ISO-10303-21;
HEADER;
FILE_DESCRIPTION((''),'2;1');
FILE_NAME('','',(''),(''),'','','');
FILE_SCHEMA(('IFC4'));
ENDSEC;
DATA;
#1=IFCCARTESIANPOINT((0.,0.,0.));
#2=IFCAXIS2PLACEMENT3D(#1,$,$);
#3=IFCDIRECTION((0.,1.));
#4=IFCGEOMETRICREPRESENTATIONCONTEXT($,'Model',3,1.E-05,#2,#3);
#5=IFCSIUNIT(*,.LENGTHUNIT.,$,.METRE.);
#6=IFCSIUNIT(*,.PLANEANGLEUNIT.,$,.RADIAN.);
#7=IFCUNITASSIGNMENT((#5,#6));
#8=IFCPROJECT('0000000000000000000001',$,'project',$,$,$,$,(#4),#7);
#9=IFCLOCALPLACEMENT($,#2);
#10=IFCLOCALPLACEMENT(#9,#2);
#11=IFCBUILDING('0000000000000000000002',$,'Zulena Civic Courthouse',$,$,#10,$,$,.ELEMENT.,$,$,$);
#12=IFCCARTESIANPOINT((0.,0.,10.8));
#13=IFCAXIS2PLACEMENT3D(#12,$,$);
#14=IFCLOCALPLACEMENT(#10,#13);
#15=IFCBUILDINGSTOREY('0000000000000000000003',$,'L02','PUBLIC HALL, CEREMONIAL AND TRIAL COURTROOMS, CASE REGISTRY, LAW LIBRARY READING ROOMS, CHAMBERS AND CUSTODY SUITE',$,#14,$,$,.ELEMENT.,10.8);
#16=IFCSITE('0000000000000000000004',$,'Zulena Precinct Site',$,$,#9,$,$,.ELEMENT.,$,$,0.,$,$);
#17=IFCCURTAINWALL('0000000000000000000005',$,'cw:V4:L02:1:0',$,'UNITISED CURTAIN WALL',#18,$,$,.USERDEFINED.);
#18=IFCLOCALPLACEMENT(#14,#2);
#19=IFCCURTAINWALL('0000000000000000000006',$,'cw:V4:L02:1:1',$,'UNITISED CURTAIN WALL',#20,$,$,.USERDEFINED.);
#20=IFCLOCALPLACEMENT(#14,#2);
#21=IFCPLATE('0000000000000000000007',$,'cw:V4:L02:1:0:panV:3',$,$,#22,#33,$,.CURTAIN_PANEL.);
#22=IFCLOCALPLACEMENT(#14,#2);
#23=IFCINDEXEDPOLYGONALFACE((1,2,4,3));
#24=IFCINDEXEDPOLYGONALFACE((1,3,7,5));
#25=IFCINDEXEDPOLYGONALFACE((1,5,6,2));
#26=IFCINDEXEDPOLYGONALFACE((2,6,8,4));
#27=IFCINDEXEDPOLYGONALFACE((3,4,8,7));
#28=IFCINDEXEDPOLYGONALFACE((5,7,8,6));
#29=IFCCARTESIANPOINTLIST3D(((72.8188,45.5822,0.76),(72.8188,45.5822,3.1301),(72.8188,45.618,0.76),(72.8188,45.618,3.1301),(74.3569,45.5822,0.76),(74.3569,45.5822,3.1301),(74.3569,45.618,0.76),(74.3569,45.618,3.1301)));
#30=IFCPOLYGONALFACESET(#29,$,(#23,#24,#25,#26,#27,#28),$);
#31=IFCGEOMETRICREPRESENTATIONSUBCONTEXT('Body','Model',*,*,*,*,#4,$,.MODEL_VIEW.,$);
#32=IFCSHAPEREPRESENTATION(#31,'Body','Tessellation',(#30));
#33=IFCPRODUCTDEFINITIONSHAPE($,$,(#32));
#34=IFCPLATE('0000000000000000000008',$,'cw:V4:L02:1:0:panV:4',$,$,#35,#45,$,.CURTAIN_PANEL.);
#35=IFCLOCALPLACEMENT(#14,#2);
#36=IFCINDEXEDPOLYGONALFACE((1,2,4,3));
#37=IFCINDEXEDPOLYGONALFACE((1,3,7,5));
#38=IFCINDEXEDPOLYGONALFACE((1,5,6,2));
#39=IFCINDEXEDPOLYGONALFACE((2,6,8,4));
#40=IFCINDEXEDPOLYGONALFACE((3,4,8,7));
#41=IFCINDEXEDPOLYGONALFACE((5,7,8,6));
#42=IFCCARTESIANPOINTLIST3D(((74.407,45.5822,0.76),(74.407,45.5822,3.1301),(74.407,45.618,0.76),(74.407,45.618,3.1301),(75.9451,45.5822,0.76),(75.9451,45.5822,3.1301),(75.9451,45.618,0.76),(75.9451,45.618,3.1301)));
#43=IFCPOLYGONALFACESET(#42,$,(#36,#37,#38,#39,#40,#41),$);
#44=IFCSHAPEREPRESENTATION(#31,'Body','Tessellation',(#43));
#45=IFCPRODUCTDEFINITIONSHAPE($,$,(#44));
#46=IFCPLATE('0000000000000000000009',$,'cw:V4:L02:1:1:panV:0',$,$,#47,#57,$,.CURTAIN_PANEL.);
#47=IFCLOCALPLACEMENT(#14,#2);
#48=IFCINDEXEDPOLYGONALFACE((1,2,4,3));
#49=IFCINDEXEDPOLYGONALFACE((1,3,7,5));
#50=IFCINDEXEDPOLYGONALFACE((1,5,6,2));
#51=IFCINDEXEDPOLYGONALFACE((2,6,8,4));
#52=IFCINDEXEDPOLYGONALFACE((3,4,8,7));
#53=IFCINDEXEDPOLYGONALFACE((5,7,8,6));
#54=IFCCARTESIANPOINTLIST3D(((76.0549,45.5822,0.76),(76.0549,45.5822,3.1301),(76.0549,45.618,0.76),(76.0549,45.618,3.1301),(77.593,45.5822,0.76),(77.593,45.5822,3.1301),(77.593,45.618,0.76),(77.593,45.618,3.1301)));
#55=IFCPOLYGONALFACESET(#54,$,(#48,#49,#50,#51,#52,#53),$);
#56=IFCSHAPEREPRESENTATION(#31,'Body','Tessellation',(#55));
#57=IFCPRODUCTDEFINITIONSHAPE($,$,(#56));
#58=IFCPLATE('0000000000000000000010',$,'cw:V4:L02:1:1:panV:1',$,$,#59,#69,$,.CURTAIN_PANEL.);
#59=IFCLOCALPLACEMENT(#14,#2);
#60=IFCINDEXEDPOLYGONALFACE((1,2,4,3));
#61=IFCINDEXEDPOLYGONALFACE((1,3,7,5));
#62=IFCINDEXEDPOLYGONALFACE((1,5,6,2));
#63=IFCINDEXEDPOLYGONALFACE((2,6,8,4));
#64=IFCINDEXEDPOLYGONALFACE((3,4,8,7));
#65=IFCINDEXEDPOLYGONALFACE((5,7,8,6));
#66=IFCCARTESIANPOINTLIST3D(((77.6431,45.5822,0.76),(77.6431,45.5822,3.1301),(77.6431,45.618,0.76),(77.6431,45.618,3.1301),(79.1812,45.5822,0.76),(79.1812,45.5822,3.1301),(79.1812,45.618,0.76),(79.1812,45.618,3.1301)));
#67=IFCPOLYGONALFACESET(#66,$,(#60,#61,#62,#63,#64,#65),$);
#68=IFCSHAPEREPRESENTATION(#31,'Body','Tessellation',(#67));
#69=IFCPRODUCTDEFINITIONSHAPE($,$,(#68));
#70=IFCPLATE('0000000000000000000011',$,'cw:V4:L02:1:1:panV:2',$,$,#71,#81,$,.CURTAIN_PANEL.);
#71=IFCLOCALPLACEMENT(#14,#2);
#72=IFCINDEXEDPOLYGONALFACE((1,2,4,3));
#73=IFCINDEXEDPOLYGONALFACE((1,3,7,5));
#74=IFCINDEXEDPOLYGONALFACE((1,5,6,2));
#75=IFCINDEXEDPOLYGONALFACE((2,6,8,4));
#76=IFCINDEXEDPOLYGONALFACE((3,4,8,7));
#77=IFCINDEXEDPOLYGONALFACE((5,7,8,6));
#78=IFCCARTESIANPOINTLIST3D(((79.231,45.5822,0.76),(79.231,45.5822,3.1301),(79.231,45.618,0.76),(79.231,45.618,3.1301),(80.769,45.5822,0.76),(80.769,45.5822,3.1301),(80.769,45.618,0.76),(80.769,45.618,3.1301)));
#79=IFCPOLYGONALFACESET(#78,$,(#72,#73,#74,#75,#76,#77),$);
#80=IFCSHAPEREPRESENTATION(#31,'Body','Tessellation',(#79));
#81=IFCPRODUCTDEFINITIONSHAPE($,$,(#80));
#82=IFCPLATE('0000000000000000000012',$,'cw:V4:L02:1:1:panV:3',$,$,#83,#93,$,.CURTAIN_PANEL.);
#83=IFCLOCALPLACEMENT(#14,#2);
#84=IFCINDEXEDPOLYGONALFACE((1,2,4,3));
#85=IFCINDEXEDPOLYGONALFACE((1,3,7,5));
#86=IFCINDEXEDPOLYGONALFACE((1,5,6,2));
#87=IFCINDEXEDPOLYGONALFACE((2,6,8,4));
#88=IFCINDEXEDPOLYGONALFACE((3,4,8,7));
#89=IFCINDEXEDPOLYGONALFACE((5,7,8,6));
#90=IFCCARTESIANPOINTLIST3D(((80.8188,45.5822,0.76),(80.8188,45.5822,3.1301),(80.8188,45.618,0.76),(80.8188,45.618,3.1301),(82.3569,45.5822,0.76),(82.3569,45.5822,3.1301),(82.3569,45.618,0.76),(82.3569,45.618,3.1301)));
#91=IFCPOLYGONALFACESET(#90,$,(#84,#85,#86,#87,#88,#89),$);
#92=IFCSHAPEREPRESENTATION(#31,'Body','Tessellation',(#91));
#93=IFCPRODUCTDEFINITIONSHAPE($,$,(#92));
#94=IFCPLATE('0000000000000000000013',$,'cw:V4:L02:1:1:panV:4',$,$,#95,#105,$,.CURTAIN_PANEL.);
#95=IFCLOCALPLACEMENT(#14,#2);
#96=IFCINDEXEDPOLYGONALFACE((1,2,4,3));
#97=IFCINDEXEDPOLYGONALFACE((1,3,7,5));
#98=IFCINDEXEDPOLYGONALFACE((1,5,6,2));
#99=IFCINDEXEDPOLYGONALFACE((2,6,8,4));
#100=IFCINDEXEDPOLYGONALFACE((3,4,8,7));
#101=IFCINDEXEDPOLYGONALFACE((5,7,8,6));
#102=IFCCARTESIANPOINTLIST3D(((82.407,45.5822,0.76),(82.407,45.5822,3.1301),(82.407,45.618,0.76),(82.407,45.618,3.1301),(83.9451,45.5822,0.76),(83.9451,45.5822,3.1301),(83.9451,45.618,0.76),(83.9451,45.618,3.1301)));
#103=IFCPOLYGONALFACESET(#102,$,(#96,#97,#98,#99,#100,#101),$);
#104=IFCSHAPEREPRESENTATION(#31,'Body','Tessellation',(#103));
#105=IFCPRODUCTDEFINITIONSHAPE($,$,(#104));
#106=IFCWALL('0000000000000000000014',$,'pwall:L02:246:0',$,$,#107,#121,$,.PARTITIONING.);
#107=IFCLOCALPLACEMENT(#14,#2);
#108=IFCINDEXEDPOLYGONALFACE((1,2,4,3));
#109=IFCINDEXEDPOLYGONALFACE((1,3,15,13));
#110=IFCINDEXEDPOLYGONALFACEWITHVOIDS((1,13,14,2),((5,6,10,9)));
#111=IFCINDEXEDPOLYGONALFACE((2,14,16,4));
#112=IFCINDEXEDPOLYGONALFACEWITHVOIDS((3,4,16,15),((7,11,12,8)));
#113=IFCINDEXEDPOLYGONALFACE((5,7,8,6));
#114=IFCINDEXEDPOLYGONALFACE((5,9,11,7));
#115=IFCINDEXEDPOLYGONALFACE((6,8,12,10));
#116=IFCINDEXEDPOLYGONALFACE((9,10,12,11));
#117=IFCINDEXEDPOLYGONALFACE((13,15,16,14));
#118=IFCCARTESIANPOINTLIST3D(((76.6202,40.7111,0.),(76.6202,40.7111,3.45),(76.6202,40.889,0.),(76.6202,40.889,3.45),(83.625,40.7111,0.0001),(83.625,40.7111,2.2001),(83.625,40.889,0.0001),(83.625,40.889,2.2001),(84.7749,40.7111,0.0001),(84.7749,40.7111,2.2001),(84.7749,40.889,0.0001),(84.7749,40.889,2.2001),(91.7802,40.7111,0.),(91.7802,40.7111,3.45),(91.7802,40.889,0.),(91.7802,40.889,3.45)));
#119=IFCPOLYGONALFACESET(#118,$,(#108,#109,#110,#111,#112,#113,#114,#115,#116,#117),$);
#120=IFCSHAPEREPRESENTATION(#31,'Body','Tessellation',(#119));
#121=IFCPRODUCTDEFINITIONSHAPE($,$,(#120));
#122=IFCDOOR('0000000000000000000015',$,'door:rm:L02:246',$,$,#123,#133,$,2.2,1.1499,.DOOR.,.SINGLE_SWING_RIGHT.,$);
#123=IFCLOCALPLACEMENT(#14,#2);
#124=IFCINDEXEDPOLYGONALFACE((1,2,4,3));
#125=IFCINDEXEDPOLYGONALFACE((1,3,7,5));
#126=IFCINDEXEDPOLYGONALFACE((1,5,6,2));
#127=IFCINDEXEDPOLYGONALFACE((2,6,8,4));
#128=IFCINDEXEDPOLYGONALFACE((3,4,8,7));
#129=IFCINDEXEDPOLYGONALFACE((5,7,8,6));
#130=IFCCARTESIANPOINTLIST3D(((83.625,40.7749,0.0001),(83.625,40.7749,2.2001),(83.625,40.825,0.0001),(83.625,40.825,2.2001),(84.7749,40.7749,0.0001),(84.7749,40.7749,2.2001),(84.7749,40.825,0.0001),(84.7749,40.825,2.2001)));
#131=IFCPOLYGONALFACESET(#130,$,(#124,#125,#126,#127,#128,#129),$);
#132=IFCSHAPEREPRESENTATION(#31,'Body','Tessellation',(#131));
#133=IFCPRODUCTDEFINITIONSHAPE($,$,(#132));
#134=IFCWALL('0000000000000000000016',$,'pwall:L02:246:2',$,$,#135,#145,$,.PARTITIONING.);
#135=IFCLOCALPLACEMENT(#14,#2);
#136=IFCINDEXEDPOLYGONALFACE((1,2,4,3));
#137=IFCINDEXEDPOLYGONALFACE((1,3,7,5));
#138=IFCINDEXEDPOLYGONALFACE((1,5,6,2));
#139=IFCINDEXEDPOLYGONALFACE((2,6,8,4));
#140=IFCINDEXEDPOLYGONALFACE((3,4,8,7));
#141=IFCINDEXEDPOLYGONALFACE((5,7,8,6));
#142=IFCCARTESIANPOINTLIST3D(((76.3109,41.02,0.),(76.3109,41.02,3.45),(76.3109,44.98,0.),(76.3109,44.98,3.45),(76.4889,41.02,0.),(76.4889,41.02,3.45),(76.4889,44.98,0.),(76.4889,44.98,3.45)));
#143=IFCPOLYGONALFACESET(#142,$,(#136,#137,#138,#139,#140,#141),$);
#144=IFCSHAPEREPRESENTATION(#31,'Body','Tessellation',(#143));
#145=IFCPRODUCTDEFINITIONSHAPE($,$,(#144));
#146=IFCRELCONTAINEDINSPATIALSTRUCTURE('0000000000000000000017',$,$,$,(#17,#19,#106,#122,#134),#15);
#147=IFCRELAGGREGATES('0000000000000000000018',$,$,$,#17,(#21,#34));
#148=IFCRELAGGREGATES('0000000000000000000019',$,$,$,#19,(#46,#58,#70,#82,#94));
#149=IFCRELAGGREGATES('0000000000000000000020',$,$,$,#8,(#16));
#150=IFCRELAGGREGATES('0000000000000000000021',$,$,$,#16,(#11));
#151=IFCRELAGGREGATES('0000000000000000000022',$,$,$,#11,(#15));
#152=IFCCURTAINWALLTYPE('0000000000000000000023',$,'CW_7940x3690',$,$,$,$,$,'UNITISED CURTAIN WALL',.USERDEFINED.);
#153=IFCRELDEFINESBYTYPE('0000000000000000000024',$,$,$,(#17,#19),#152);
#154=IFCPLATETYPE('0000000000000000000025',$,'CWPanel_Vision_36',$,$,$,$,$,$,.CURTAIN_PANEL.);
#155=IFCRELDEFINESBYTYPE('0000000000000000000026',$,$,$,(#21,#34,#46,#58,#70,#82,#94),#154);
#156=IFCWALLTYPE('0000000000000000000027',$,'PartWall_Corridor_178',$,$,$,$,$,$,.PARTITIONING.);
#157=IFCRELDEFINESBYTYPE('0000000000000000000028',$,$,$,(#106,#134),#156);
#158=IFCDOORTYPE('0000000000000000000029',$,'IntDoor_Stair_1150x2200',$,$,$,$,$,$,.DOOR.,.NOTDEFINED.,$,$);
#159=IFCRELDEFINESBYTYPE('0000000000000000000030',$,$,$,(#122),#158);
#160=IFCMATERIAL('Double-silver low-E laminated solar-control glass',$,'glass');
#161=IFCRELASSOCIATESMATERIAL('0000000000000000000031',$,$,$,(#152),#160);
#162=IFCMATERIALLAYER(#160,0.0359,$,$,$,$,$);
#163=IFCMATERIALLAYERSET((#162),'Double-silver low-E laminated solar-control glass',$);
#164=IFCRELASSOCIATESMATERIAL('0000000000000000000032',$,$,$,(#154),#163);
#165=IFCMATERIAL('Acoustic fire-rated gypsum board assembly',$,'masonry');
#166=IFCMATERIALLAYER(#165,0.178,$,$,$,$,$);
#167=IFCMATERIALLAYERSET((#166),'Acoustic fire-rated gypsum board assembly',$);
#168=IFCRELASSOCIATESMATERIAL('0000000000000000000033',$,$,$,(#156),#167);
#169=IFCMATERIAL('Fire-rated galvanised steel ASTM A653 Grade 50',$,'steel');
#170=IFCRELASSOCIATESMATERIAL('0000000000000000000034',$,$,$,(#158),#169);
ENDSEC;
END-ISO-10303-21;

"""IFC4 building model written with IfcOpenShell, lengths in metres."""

from ifc_helpers import new_model, si_unit, direction, frame, frame_2d, origin, origin_2d, place, context, subcontext, project, spatial, rectangle, extrude, material, layer, layer_set, type_object, element, fill, aggregate, save


model = new_model("IFC4")

# Units and contexts
model_context = context("Model", 3, precision=1e-05, world=origin(), true_north=direction((0.0, 1.0)))
body_context = subcontext(model_context, "Body", "Model", "MODEL_VIEW")
ifc_project = project(units=[si_unit("LENGTHUNIT", "METRE"), si_unit("PLANEANGLEUNIT", "RADIAN")], contexts=[model_context])

# Site, building, storey
site_placement = place(None, origin())
site = spatial("IfcSite", under=ifc_project, at=site_placement, Name="Zulena Precinct Site", CompositionType="ELEMENT", RefElevation=0.0)
building_placement = place(site_placement, origin())
building = spatial("IfcBuilding", under=site, at=building_placement, Name="Zulena Civic Courthouse", CompositionType="ELEMENT")
storey_placement = place(building_placement, frame((0.0, 0.0, 10.8)))
storey = spatial("IfcBuildingStorey", under=building, at=storey_placement, Name="L02", Description="PUBLIC HALL, CEREMONIAL AND TRIAL COURTROOMS, CASE REGISTRY, LAW LIBRARY READING ROOMS, CHAMBERS AND CUSTODY SUITE", CompositionType="ELEMENT", Elevation=10.8)

# Curtain walls
ifc_material_1 = material(Name="Double-silver low-E laminated solar-control glass", Category="glass")
curtain_wall_type = type_object("IfcCurtainWallType", Name="CW_7940x3690", ElementType="UNITISED CURTAIN WALL", PredefinedType="USERDEFINED", material=ifc_material_1)
curtain_wall_1_placement = place(storey_placement, origin())
curtain_wall_1 = element("IfcCurtainWall", 1, at=curtain_wall_1_placement, inside=storey, type_object=curtain_wall_type, Name="cw:V4:L02:1:0", ObjectType="UNITISED CURTAIN WALL", PredefinedType="USERDEFINED")
curtain_wall_2_placement = place(storey_placement, origin())
curtain_wall_2 = element("IfcCurtainWall", 2, at=curtain_wall_2_placement, inside=storey, type_object=curtain_wall_type, Name="cw:V4:L02:1:1", ObjectType="UNITISED CURTAIN WALL", PredefinedType="USERDEFINED")

# Plates
ifc_layer_1 = layer(ifc_material_1, 0.0359)
ifc_layer_set_1 = layer_set([ifc_layer_1], Name="Double-silver low-E laminated solar-control glass")
plate_type_1 = type_object("IfcPlateType", Name="CWPanel_Vision_36", PredefinedType="CURTAIN_PANEL", material=ifc_layer_set_1)
plate_1_placement = place(storey_placement, frame((73.5879, 45.6001, 0.76), z_axis=(0.0, 0.0, 1.0), x_axis=(1.0, 0.0, 0.0)))
plate_1 = element("IfcPlate", 3, at=plate_1_placement, type_object=plate_type_1, Name="cw:V4:L02:1:0:panV:3", PredefinedType="CURTAIN_PANEL", context=body_context, shape_type="SweptSolid", body=[
    extrude(rectangle(XDim=1.5381, YDim=0.0359, at=origin_2d()), origin(), (0.0, 0.0, 1.0), 2.3701),
])
plate_2_placement = place(storey_placement, frame((75.176, 45.6001, 0.76), z_axis=(0.0, 0.0, 1.0), x_axis=(1.0, 0.0, 0.0)))
plate_2 = element("IfcPlate", 4, at=plate_2_placement, type_object=plate_type_1, Name="cw:V4:L02:1:0:panV:4", PredefinedType="CURTAIN_PANEL", context=body_context, shape_type="SweptSolid", body=[
    extrude(rectangle(XDim=1.5381, YDim=0.0359, at=origin_2d()), origin(), (0.0, 0.0, 1.0), 2.3701),
])
aggregate(curtain_wall_1, [plate_1, plate_2])
plate_3_placement = place(storey_placement, frame((76.824, 45.6001, 0.76), z_axis=(0.0, 0.0, 1.0), x_axis=(1.0, 0.0, 0.0)))
plate_3 = element("IfcPlate", 5, at=plate_3_placement, type_object=plate_type_1, Name="cw:V4:L02:1:1:panV:0", PredefinedType="CURTAIN_PANEL", context=body_context, shape_type="SweptSolid", body=[
    extrude(rectangle(XDim=1.5381, YDim=0.0359, at=origin_2d()), origin(), (0.0, 0.0, 1.0), 2.3701),
])
plate_4_placement = place(storey_placement, frame((78.4121, 45.6001, 0.76), z_axis=(0.0, 0.0, 1.0), x_axis=(1.0, 0.0, 0.0)))
plate_4 = element("IfcPlate", 6, at=plate_4_placement, type_object=plate_type_1, Name="cw:V4:L02:1:1:panV:1", PredefinedType="CURTAIN_PANEL", context=body_context, shape_type="SweptSolid", body=[
    extrude(rectangle(XDim=1.5381, YDim=0.0359, at=origin_2d()), origin(), (0.0, 0.0, 1.0), 2.3701),
])
plate_5_placement = place(storey_placement, frame((80.0, 45.6001, 0.76), z_axis=(0.0, 0.0, 1.0), x_axis=(1.0, 0.0, 0.0)))
plate_5 = element("IfcPlate", 7, at=plate_5_placement, type_object=plate_type_1, Name="cw:V4:L02:1:1:panV:2", PredefinedType="CURTAIN_PANEL", context=body_context, shape_type="SweptSolid", body=[
    extrude(rectangle(XDim=1.5381, YDim=0.0359, at=origin_2d()), origin(), (0.0, 0.0, 1.0), 2.3701),
])
plate_6_placement = place(storey_placement, frame((81.5879, 45.6001, 0.76), z_axis=(0.0, 0.0, 1.0), x_axis=(1.0, 0.0, 0.0)))
plate_6 = element("IfcPlate", 8, at=plate_6_placement, type_object=plate_type_1, Name="cw:V4:L02:1:1:panV:3", PredefinedType="CURTAIN_PANEL", context=body_context, shape_type="SweptSolid", body=[
    extrude(rectangle(XDim=1.5381, YDim=0.0359, at=origin_2d()), origin(), (0.0, 0.0, 1.0), 2.3701),
])
plate_7_placement = place(storey_placement, frame((83.176, 45.6001, 0.76), z_axis=(0.0, 0.0, 1.0), x_axis=(1.0, 0.0, 0.0)))
plate_7 = element("IfcPlate", 9, at=plate_7_placement, type_object=plate_type_1, Name="cw:V4:L02:1:1:panV:4", PredefinedType="CURTAIN_PANEL", context=body_context, shape_type="SweptSolid", body=[
    extrude(rectangle(XDim=1.5381, YDim=0.0359, at=origin_2d()), origin(), (0.0, 0.0, 1.0), 2.3701),
])
aggregate(curtain_wall_2, [plate_3, plate_4, plate_5, plate_6, plate_7])

# Wall, opening, door
ifc_material_2 = material(Name="Acoustic fire-rated gypsum board assembly", Category="masonry")
ifc_layer_2 = layer(ifc_material_2, 0.178)
ifc_layer_set_2 = layer_set([ifc_layer_2], Name="Acoustic fire-rated gypsum board assembly")
wall_type = type_object("IfcWallType", Name="PartWall_Corridor_178", PredefinedType="PARTITIONING", material=ifc_layer_set_2)
wall_1_placement = place(storey_placement, frame((76.6201, 40.8, 0.0), z_axis=(0.0, 0.0, 1.0), x_axis=(1.0, 0.0, 0.0)))
wall_1 = element("IfcWall", 10, at=wall_1_placement, inside=storey, type_object=wall_type, Name="pwall:L02:246:0", PredefinedType="PARTITIONING", context=body_context, shape_type="SweptSolid", body=[
    extrude(rectangle(XDim=15.1599, YDim=0.178, at=frame_2d((7.5801, 0.0))), origin(), (0.0, 0.0, 1.0), 3.45),
])
opening_placement = place(wall_1_placement, frame((7.0049, 0.0, 0.0)))
opening = element("IfcOpeningElement", 11, at=opening_placement, cuts=wall_1, PredefinedType="OPENING", context=body_context, shape_type="SweptSolid", body=[
    extrude(rectangle(XDim=1.1499, YDim=2.2, at=frame_2d((0.575, 1.1001))), frame((0.0, 0.0989, 0.0), z_axis=(0.0, -1.0, 0.0), x_axis=(1.0, 0.0, 0.0)), (0.0, 0.0, 1.0), 0.198),
])
ifc_material_3 = material(Name="Fire-rated galvanised steel ASTM A653 Grade 50", Category="steel")
door_type = type_object("IfcDoorType", Name="IntDoor_Stair_1150x2200", OperationType="NOTDEFINED", PredefinedType="DOOR", material=ifc_material_3)
door_placement = place(opening_placement, origin())
door = element("IfcDoor", 12, at=door_placement, inside=storey, type_object=door_type, Name="door:rm:L02:246", OperationType="SINGLE_SWING_RIGHT", OverallHeight=2.2, OverallWidth=1.1499, PredefinedType="DOOR", context=body_context, shape_type="SweptSolid", body=[
    extrude(rectangle(XDim=1.1499, YDim=2.2, at=frame_2d((0.575, 1.1001))), frame((0.0, 0.0249, 0.0), z_axis=(0.0, -1.0, 0.0), x_axis=(1.0, 0.0, 0.0)), (0.0, 0.0, 1.0), 0.05),
])
fill(opening, door)

# Wall
wall_2_placement = place(storey_placement, frame((76.3999, 41.02, 0.0), z_axis=(0.0, 0.0, 1.0), x_axis=(0.0, 1.0, 0.0)))
element("IfcWall", 13, at=wall_2_placement, inside=storey, type_object=wall_type, Name="pwall:L02:246:2", PredefinedType="PARTITIONING", context=body_context, shape_type="SweptSolid", body=[
    extrude(rectangle(XDim=3.96, YDim=0.178, at=frame_2d((1.98, 0.0))), origin(), (0.0, 0.0, 1.0), 3.45),
])

save(model, "model.ifc")
